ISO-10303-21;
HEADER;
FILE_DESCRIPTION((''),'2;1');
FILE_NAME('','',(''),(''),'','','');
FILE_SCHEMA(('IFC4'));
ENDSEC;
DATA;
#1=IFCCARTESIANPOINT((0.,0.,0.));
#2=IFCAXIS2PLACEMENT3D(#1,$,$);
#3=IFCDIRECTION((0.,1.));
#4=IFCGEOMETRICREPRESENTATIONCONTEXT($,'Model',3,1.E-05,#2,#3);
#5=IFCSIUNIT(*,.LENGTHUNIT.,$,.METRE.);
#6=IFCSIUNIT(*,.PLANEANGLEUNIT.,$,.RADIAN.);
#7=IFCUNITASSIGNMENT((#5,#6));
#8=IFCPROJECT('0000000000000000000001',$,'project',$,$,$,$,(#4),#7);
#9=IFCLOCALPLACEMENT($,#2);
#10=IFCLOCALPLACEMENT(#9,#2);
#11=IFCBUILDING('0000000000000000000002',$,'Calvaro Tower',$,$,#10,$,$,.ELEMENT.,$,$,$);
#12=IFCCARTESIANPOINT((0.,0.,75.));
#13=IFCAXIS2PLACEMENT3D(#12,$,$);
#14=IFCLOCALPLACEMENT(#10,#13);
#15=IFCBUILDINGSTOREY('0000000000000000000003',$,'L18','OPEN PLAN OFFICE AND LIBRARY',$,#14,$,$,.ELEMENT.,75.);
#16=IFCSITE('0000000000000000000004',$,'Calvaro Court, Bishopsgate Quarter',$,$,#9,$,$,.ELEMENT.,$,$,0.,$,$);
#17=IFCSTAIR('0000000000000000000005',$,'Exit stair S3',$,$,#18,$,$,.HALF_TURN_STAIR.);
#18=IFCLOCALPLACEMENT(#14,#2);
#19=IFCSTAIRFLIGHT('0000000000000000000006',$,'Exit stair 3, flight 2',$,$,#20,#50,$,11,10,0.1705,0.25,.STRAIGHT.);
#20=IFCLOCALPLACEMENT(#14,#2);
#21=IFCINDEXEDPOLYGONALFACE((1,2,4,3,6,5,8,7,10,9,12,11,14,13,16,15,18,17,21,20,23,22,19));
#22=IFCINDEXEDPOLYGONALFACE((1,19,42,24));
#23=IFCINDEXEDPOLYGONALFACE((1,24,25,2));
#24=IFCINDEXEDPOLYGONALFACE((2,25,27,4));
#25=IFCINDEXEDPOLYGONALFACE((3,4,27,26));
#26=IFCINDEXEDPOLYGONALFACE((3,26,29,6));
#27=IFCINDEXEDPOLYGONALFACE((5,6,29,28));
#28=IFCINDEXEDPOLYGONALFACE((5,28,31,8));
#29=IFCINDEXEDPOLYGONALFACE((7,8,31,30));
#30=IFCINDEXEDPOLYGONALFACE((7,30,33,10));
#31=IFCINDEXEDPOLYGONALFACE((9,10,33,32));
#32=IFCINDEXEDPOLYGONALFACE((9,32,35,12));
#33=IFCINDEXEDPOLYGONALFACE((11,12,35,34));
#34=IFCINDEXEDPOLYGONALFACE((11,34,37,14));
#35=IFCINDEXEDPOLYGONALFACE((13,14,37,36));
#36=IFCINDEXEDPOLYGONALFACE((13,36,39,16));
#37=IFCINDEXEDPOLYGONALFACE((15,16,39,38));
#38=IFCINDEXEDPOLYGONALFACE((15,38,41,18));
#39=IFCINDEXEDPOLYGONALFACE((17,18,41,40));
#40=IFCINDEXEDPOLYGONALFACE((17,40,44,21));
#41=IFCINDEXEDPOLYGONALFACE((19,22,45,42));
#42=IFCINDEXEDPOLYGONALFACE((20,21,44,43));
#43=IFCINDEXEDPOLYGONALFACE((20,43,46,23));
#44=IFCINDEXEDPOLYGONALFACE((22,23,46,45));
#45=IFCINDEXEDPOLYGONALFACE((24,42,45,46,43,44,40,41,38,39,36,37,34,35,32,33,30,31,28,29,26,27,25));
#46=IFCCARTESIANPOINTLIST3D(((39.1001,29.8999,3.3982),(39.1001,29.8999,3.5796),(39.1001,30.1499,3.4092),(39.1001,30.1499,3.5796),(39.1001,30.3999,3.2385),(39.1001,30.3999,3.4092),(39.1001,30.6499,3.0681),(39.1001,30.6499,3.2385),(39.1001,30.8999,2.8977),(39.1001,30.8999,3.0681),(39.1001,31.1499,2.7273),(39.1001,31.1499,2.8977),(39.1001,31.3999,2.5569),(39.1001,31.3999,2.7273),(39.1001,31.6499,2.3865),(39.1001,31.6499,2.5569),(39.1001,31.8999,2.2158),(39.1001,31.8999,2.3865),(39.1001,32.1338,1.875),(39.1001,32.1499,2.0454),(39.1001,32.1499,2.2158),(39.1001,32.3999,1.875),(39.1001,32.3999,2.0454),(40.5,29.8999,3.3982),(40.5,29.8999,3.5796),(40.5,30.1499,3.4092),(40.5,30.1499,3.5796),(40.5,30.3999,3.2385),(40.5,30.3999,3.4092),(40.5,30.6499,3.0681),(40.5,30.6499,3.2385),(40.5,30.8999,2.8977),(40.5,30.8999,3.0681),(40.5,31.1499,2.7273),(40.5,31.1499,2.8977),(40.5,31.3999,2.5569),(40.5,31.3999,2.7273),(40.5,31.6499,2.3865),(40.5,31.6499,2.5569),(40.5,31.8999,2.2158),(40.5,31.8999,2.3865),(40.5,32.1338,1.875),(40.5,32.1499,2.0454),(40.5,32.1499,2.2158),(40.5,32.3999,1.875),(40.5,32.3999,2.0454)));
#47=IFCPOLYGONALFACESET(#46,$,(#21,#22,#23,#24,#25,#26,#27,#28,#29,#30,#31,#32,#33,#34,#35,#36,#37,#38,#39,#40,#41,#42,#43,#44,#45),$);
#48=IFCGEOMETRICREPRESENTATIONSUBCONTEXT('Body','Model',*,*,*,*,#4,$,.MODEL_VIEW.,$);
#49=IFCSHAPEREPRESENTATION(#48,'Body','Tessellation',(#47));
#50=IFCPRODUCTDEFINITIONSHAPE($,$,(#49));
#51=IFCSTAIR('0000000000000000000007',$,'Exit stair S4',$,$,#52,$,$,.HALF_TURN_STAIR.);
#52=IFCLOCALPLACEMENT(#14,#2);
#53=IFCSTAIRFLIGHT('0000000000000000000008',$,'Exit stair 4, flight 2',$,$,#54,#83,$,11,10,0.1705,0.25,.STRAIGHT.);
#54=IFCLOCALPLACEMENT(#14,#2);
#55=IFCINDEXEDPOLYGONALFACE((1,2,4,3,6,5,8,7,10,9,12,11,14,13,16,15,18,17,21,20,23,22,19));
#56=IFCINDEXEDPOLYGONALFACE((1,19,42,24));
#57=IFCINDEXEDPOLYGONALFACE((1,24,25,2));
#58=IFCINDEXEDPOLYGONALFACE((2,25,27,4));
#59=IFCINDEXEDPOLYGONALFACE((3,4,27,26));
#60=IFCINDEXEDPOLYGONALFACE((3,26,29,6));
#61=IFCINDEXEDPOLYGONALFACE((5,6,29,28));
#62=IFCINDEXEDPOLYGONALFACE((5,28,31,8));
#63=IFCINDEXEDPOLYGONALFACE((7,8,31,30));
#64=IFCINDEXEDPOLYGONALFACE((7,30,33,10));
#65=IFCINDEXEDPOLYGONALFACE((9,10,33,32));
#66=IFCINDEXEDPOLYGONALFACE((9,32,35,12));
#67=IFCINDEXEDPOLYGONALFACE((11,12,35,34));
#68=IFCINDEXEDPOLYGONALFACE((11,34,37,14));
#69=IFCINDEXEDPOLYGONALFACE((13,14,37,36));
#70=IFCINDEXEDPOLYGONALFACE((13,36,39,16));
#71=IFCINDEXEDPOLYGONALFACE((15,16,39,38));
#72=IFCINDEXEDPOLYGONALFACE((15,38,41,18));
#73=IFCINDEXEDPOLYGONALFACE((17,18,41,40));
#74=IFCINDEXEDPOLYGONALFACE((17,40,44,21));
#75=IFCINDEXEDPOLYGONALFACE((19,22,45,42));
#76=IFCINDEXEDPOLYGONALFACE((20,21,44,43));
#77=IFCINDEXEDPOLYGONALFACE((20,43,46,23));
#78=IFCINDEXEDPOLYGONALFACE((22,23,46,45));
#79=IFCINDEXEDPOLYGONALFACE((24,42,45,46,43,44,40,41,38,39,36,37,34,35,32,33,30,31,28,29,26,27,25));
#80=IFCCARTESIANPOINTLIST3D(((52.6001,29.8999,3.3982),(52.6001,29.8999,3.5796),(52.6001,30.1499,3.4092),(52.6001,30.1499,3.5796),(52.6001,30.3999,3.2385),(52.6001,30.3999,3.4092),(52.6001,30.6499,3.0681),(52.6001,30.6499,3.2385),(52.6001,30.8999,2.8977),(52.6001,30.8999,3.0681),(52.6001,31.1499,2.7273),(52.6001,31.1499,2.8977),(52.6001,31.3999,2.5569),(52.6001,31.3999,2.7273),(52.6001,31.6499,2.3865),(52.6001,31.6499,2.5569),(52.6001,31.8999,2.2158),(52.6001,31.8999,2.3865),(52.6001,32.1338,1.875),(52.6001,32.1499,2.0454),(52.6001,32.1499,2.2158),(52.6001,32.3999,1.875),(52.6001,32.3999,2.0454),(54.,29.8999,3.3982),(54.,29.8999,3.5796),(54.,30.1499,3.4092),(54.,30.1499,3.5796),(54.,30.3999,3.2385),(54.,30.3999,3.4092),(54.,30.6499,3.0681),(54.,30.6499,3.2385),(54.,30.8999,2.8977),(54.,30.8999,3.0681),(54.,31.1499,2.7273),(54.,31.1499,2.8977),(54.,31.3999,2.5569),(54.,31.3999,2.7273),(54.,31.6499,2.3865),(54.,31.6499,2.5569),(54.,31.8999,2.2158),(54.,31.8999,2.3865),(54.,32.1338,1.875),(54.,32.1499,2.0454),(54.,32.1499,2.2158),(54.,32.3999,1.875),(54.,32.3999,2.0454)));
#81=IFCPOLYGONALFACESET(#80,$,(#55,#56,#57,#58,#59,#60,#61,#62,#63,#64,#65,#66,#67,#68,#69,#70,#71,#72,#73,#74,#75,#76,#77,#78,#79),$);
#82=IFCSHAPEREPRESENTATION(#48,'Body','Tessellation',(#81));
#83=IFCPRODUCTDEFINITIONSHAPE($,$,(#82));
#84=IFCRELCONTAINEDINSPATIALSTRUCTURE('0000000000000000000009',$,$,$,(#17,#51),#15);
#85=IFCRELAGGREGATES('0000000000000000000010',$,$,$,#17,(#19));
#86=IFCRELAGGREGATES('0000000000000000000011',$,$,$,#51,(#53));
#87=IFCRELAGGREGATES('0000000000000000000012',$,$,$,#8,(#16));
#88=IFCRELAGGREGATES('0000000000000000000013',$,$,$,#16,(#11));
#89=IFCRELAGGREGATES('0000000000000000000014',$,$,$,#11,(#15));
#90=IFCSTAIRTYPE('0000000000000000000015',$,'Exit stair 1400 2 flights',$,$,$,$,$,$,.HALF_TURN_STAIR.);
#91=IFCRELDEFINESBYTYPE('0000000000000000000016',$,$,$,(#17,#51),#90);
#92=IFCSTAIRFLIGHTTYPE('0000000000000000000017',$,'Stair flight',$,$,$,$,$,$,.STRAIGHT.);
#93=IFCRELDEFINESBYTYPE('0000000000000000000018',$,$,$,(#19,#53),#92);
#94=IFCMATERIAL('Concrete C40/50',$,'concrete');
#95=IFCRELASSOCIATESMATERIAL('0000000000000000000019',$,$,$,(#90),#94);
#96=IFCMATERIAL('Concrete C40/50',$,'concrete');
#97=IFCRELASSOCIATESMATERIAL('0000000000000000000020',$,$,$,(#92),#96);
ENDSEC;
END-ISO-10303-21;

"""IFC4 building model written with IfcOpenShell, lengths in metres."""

from ifc_helpers import new_model, si_unit, direction, frame, origin, place, context, subcontext, project, spatial, polyline, outline, extrude, material, type_object, element, aggregate, save


model = new_model("IFC4")

# Units and contexts
model_context = context("Model", 3, precision=1e-05, world=origin(), true_north=direction((0.0, 1.0)))
body_context = subcontext(model_context, "Body", "Model", "MODEL_VIEW")
ifc_project = project(units=[si_unit("LENGTHUNIT", "METRE"), si_unit("PLANEANGLEUNIT", "RADIAN")], contexts=[model_context])

# Site, building, storey
site_placement = place(None, origin())
site = spatial("IfcSite", under=ifc_project, at=site_placement, Name="Calvaro Court, Bishopsgate Quarter", CompositionType="ELEMENT", RefElevation=0.0)
building_placement = place(site_placement, origin())
building = spatial("IfcBuilding", under=site, at=building_placement, Name="Calvaro Tower", CompositionType="ELEMENT")
storey_placement = place(building_placement, frame((0.0, 0.0, 75.0)))
storey = spatial("IfcBuildingStorey", under=building, at=storey_placement, Name="L18", Description="OPEN PLAN OFFICE AND LIBRARY", CompositionType="ELEMENT", Elevation=75.0)

# Stairs, stair flights
ifc_material_1 = material(Name="Concrete C40/50", Category="concrete")
stair_type = type_object("IfcStairType", Name="Exit stair 1400 2 flights", PredefinedType="HALF_TURN_STAIR", material=ifc_material_1)
stair_1_placement = place(storey_placement, origin())
stair_1 = element("IfcStair", 1, at=stair_1_placement, inside=storey, type_object=stair_type, Name="Exit stair S3", PredefinedType="HALF_TURN_STAIR")
ifc_material_2 = material(Name="Concrete C40/50", Category="concrete")
stair_flight_type = type_object("IfcStairFlightType", Name="Stair flight", PredefinedType="STRAIGHT", material=ifc_material_2)
stair_flight_1_placement = place(storey_placement, frame((39.8, 32.3999, 1.875), z_axis=(0.0, 0.0, 1.0), x_axis=(0.0, -1.0, 0.0)))
stair_flight_1 = element("IfcStairFlight", 2, at=stair_flight_1_placement, type_object=stair_flight_type, Name="Exit stair 3, flight 2", NumberOfRisers=11, NumberOfTreads=10, PredefinedType="STRAIGHT", RiserHeight=0.1705, TreadLength=0.25, context=body_context, shape_type="SweptSolid", body=[
    extrude(outline(polyline([(0.0, 0.0), (0.0, 0.1704), (0.25, 0.1704), (0.25, 0.3408), (0.5, 0.3408), (0.5, 0.5115), (0.75, 0.5115), (0.75, 0.6819), (1.0, 0.6819), (1.0, 0.8523), (1.25, 0.8523), (1.25, 1.0227), (1.5, 1.0227), (1.5, 1.1931), (1.75, 1.1931), (1.75, 1.3635), (2.0, 1.3635), (2.0, 1.5342), (2.25, 1.5342), (2.25, 1.7046), (2.5, 1.7046), (2.5, 1.875), (2.5, 1.5232), (0.2661, 0.0), (0.0, 0.0)])), frame((0.0, 0.7, 0.0), z_axis=(0.0, -1.0, 0.0), x_axis=(1.0, 0.0, 0.0)), (0.0, 0.0, 1.0), 1.3999),
])
stair_2_placement = place(storey_placement, origin())
stair_2 = element("IfcStair", 3, at=stair_2_placement, inside=storey, type_object=stair_type, Name="Exit stair S4", PredefinedType="HALF_TURN_STAIR")
stair_flight_2_placement = place(storey_placement, frame((53.3, 32.3999, 1.875), z_axis=(0.0, 0.0, 1.0), x_axis=(0.0, -1.0, 0.0)))
stair_flight_2 = element("IfcStairFlight", 4, at=stair_flight_2_placement, type_object=stair_flight_type, Name="Exit stair 4, flight 2", NumberOfRisers=11, NumberOfTreads=10, PredefinedType="STRAIGHT", RiserHeight=0.1705, TreadLength=0.25, context=body_context, shape_type="SweptSolid", body=[
    extrude(outline(polyline([(0.0, 0.0), (0.0, 0.1704), (0.25, 0.1704), (0.25, 0.3408), (0.5, 0.3408), (0.5, 0.5115), (0.75, 0.5115), (0.75, 0.6819), (1.0, 0.6819), (1.0, 0.8523), (1.25, 0.8523), (1.25, 1.0227), (1.5, 1.0227), (1.5, 1.1931), (1.75, 1.1931), (1.75, 1.3635), (2.0, 1.3635), (2.0, 1.5342), (2.25, 1.5342), (2.25, 1.7046), (2.5, 1.7046), (2.5, 1.875), (2.5, 1.5232), (0.2661, 0.0), (0.0, 0.0)])), frame((0.0, 0.7, 0.0), z_axis=(0.0, -1.0, 0.0), x_axis=(1.0, 0.0, 0.0)), (0.0, 0.0, 1.0), 1.3999),
])

aggregate(stair_1, [stair_flight_1])
aggregate(stair_2, [stair_flight_2])

save(model, "model.ifc")
